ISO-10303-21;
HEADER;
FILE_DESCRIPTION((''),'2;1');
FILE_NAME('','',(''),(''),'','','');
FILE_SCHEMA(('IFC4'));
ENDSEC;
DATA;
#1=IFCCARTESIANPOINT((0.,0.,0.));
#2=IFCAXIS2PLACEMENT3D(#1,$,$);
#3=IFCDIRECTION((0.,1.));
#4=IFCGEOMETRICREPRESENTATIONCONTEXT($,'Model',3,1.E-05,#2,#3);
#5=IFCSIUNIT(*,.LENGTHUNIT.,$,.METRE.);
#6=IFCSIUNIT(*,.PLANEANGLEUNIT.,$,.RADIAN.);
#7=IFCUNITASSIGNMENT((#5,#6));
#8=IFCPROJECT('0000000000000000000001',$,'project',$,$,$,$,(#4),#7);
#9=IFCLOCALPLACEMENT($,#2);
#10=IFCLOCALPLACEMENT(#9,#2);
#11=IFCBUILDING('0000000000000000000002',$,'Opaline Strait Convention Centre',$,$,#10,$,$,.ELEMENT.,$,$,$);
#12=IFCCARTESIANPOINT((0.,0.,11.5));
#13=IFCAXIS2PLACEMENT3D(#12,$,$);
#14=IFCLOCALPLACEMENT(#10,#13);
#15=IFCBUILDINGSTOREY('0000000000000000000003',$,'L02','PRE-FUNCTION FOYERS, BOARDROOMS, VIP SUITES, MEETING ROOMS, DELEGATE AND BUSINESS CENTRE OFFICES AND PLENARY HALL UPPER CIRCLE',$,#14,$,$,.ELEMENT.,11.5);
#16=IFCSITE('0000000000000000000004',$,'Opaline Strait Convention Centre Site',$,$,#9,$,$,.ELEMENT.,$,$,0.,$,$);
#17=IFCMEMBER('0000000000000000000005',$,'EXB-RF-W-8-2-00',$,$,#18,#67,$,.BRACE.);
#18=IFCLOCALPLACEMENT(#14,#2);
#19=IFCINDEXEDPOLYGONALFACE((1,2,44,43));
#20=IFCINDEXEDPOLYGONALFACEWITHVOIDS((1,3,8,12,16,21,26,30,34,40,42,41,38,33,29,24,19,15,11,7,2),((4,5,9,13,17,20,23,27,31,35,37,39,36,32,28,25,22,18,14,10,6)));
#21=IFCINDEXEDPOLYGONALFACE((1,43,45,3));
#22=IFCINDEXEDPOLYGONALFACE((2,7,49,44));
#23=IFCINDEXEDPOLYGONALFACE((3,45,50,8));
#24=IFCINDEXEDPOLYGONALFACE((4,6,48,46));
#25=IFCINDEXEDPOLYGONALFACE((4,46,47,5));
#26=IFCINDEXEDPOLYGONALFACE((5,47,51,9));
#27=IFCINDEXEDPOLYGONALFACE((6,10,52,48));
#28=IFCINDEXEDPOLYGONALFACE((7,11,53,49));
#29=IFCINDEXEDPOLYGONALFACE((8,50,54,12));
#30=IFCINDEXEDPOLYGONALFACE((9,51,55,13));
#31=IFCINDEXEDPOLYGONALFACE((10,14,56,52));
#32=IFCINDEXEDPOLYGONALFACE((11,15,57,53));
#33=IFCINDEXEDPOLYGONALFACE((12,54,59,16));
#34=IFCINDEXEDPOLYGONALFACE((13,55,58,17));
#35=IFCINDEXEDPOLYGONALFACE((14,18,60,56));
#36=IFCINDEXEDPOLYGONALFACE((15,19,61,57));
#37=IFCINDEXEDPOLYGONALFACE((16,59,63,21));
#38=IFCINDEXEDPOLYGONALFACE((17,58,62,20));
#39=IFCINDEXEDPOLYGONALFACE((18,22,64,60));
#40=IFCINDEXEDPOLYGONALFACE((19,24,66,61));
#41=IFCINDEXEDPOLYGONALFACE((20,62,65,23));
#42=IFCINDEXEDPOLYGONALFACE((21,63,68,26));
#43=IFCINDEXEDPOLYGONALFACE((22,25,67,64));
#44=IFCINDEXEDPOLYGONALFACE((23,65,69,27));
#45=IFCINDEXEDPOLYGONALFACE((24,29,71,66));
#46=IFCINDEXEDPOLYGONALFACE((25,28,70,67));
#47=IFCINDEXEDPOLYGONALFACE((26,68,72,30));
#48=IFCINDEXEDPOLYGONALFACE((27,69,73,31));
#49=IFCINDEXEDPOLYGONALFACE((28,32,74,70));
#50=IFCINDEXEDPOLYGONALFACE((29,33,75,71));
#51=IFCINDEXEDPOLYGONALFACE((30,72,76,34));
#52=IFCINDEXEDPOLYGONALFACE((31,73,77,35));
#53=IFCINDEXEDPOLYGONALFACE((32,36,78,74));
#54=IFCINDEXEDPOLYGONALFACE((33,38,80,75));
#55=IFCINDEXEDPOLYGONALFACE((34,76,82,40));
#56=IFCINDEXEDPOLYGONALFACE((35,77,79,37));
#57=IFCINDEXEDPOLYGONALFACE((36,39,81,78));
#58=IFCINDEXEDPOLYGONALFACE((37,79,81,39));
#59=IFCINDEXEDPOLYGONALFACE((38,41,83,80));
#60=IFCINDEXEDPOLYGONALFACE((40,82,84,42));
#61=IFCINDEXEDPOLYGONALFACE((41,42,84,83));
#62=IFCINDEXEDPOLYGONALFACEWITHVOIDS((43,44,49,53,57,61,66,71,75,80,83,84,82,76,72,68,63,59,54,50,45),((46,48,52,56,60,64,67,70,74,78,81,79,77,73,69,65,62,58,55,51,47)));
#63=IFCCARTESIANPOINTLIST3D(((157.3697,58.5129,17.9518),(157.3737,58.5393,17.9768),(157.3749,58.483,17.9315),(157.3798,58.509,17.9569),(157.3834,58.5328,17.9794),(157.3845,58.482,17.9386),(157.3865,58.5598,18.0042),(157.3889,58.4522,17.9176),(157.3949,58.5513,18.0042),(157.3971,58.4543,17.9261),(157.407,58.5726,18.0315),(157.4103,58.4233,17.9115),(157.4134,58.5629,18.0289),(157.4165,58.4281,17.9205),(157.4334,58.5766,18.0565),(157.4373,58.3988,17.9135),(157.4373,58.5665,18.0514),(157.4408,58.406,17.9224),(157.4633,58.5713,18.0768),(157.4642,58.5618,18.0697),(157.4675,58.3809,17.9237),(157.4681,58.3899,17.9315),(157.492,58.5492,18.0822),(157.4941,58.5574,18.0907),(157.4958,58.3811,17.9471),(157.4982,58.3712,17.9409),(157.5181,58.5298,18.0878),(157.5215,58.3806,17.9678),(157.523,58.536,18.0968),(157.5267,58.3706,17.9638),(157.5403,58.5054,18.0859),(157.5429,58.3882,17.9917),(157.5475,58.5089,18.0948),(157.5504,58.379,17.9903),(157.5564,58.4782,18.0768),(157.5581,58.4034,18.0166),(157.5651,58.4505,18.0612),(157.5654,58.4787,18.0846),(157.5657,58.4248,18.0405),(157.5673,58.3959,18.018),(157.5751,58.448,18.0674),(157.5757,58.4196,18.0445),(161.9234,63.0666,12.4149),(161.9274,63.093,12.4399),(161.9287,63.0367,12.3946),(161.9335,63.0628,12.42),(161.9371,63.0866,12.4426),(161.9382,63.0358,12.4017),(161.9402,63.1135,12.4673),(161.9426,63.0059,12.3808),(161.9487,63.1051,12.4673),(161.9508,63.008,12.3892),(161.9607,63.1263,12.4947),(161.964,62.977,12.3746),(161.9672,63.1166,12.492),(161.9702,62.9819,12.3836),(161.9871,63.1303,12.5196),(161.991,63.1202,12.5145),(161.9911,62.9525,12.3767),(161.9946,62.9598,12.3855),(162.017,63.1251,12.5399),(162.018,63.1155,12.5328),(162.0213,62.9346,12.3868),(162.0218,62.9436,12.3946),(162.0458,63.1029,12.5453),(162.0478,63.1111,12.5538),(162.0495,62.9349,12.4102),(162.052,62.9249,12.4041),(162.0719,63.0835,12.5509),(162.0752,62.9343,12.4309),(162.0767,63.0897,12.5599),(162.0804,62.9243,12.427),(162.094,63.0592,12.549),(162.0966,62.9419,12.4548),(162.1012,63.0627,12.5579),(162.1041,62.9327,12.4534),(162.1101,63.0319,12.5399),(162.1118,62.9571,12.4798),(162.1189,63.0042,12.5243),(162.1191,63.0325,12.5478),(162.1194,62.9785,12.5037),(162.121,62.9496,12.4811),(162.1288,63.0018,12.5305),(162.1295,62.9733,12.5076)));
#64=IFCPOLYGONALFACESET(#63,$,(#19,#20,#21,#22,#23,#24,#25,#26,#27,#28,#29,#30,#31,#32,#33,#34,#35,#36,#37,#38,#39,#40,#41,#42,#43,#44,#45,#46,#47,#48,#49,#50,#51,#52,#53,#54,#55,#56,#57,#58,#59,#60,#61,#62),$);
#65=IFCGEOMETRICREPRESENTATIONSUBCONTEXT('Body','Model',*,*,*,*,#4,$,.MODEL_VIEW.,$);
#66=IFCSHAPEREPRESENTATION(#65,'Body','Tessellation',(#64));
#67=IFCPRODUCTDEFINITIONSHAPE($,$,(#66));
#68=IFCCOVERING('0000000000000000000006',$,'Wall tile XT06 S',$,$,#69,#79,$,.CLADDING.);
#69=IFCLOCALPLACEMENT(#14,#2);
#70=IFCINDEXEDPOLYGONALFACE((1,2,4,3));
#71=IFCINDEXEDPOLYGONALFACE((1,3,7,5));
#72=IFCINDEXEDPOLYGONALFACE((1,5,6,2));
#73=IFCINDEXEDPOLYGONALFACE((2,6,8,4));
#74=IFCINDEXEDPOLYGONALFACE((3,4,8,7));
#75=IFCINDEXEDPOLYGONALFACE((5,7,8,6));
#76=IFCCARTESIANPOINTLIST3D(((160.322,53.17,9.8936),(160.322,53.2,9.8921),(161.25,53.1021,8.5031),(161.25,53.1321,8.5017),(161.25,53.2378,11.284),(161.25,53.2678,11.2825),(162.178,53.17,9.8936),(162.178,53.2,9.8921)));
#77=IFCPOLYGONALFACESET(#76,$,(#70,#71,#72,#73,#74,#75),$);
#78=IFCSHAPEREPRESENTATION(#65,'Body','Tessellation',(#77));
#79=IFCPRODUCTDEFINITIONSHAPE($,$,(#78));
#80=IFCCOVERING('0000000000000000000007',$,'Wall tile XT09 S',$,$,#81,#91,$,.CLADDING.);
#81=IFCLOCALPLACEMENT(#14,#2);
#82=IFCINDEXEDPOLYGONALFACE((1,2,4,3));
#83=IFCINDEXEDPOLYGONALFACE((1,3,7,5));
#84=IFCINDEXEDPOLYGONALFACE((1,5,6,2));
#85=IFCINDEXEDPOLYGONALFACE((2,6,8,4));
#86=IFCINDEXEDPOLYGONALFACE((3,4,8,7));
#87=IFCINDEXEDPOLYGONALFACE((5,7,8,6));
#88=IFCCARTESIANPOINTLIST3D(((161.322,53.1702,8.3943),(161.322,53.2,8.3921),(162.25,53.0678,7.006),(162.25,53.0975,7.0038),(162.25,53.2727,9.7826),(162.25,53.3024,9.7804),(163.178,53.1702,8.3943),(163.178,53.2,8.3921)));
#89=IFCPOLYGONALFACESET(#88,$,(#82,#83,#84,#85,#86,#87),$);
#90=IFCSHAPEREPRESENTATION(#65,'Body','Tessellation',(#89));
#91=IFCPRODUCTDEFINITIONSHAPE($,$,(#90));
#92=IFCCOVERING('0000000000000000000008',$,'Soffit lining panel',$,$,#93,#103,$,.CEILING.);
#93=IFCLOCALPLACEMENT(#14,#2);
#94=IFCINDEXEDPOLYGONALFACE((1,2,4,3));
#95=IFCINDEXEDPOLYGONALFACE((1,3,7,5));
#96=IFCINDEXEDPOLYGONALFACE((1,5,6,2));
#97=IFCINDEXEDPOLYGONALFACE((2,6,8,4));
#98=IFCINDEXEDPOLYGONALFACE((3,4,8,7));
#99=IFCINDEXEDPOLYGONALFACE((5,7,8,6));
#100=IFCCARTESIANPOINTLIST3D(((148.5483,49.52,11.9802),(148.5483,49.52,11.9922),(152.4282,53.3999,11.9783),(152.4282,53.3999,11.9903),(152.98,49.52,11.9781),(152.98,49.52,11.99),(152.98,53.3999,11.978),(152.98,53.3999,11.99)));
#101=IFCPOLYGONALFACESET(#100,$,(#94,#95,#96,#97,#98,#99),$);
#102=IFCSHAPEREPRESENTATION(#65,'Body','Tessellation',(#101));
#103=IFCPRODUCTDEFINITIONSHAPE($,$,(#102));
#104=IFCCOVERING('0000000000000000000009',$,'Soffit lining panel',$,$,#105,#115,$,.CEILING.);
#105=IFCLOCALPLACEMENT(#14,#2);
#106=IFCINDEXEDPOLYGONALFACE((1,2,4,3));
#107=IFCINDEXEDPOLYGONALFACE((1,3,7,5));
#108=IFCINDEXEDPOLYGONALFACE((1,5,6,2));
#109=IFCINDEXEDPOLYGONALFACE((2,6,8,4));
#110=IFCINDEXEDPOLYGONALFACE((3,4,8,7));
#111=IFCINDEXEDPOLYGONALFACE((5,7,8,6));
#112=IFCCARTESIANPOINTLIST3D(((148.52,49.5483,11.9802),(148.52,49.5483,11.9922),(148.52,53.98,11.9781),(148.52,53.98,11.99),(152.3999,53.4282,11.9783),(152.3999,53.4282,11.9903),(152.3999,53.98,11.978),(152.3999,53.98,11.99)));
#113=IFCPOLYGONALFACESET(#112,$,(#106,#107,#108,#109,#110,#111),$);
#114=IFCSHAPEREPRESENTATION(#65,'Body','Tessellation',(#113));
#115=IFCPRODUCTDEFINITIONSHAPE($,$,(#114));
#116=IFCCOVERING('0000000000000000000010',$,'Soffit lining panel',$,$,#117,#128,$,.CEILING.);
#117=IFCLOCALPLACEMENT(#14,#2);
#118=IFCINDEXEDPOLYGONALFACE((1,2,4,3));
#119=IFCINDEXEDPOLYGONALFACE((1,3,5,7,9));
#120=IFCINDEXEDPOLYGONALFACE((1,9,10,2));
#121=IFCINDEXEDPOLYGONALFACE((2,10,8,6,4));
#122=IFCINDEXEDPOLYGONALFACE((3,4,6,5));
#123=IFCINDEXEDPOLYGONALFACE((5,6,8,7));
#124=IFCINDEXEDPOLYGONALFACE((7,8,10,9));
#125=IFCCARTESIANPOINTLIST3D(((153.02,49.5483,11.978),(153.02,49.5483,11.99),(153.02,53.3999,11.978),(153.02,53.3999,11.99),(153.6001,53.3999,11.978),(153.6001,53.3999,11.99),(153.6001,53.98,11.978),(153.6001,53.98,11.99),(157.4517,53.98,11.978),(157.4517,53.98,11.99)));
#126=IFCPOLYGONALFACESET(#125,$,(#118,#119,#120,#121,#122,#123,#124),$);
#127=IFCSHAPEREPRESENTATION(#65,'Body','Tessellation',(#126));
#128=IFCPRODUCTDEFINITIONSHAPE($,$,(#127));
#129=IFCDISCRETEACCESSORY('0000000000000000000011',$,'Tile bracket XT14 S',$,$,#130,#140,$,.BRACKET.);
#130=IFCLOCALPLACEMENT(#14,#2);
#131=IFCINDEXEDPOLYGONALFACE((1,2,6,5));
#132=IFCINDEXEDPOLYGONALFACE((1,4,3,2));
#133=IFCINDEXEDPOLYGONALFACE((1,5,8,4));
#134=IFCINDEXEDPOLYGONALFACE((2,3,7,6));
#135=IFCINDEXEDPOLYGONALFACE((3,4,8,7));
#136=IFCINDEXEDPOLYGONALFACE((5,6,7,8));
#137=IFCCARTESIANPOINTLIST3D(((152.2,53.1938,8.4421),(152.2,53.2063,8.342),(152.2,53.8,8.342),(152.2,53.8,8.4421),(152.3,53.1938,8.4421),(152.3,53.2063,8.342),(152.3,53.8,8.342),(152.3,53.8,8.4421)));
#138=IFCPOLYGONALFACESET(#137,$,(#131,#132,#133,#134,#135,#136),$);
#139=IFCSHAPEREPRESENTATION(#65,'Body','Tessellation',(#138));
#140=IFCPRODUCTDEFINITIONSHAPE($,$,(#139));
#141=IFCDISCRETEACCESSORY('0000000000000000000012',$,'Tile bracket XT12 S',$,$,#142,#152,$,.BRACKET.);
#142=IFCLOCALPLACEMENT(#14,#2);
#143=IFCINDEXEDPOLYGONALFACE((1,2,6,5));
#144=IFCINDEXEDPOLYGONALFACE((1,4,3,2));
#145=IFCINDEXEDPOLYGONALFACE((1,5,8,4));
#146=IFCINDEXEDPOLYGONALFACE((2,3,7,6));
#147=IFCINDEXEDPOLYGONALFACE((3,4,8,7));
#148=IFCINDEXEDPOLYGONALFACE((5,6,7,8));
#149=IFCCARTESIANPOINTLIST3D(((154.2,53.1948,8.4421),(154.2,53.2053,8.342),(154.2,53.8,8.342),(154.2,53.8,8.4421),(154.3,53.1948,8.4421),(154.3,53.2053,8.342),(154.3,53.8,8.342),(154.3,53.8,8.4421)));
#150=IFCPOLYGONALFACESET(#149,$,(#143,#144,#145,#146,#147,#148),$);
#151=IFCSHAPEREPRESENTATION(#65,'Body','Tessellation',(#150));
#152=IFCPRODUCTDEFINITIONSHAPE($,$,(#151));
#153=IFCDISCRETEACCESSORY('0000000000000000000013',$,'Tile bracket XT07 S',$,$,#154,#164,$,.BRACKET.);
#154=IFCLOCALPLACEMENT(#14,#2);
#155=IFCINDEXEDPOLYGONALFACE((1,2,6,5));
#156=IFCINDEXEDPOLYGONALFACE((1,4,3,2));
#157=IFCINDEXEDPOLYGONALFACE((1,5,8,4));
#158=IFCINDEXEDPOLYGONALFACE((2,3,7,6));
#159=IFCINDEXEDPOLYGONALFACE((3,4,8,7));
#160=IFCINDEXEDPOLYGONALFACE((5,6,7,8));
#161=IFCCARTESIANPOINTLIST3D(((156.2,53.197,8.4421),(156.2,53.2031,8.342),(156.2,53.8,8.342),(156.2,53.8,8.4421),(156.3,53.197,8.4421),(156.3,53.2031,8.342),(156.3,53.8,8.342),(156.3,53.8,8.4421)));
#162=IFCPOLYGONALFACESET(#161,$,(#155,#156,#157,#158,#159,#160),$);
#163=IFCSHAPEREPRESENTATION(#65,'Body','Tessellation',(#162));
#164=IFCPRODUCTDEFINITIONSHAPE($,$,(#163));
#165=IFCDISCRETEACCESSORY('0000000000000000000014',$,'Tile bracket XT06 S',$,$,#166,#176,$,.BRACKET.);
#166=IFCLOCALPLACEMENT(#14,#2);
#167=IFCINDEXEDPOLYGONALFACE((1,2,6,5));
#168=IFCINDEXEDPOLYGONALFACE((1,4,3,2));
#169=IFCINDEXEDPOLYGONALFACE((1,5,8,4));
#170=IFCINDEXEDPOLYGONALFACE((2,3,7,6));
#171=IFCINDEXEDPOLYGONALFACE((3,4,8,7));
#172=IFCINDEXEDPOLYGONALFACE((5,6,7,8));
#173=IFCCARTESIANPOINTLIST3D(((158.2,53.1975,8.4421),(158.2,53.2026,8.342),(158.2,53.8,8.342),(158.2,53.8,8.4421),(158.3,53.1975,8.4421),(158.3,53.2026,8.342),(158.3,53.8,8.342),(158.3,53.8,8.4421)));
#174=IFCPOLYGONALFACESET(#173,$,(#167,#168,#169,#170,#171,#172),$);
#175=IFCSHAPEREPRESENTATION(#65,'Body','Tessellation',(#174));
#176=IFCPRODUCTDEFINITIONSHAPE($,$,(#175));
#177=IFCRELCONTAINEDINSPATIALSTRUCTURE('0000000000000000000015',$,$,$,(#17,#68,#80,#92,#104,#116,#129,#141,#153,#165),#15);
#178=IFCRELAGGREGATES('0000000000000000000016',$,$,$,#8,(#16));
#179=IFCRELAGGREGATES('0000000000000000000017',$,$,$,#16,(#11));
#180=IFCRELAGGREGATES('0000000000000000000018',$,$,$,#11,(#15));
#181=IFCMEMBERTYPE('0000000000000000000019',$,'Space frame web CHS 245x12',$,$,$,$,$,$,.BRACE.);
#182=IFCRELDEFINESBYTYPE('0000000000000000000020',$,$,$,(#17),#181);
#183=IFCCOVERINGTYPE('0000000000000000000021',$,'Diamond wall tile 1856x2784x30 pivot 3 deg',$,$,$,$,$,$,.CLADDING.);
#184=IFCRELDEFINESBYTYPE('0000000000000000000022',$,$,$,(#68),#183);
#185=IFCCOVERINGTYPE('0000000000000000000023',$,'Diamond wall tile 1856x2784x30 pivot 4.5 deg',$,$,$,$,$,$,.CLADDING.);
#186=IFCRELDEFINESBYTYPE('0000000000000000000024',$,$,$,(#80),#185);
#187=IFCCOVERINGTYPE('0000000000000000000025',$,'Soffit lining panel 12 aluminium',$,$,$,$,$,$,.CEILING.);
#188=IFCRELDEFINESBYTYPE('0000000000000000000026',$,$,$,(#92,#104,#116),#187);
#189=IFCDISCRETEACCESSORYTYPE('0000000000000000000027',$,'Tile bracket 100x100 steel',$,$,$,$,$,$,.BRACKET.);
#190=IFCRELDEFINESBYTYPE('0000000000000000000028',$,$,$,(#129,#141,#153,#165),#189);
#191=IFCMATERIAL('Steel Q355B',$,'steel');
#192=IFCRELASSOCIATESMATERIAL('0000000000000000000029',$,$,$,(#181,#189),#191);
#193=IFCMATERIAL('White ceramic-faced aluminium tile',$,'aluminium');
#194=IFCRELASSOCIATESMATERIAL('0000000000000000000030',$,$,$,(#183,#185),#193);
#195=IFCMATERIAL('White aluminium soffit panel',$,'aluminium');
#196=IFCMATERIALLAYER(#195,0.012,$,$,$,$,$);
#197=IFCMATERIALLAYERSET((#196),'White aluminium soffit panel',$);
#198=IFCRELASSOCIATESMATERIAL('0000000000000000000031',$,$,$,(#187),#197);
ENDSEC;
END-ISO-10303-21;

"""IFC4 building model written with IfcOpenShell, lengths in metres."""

from ifc_helpers import new_model, si_unit, direction, frame, origin, origin_2d, place, context, subcontext, project, spatial, polyline, hollow_circle, outline, extrude, material, layer, layer_set, material_profile, profile_set, type_object, element, save


model = new_model("IFC4")

# Units and contexts
model_context = context("Model", 3, precision=1e-05, world=origin(), true_north=direction((0.0, 1.0)))
body_context = subcontext(model_context, "Body", "Model", "MODEL_VIEW")
ifc_project = project(units=[si_unit("LENGTHUNIT", "METRE"), si_unit("PLANEANGLEUNIT", "RADIAN")], contexts=[model_context])

# Site, building, storey
site_placement = place(None, origin())
site = spatial("IfcSite", under=ifc_project, at=site_placement, Name="Opaline Strait Convention Centre Site", CompositionType="ELEMENT", RefElevation=0.0)
building_placement = place(site_placement, origin())
building = spatial("IfcBuilding", under=site, at=building_placement, Name="Opaline Strait Convention Centre", CompositionType="ELEMENT")
storey_placement = place(building_placement, frame((0.0, 0.0, 11.5)))
storey = spatial("IfcBuildingStorey", under=building, at=storey_placement, Name="L02", Description="PRE-FUNCTION FOYERS, BOARDROOMS, VIP SUITES, MEETING ROOMS, DELEGATE AND BUSINESS CENTRE OFFICES AND PLENARY HALL UPPER CIRCLE", CompositionType="ELEMENT", Elevation=11.5)

# Member
ifc_material_1 = material(Name="Steel Q355B", Category="steel")
ifc_material_profile_1 = material_profile(ifc_material_1, hollow_circle(Radius=0.1226, WallThickness=0.012, at=origin_2d()), Name="CHS 245x12")
ifc_profile_set_1 = profile_set([ifc_material_profile_1], Name="Steel Q355B")
member_type_1 = type_object("IfcMemberType", Name="Space frame web CHS 245x12", PredefinedType="BRACE", material=ifc_profile_set_1)
for number, where, z_axis, x_axis, name in (
    (1, (157.4731, 58.4731, 18.0042), (0.536178, 0.536178, -0.65194), (-0.707107, 0.707107, 0.0), "EXB-RF-W-8-2-00"),
):
    element("IfcMember", number, at=place(storey_placement, frame(where, z_axis=z_axis, x_axis=x_axis)), inside=storey, type_object=member_type_1, Name=name, PredefinedType="BRACE", context=body_context, shape_type="SweptSolid", body=[
        extrude(hollow_circle(Radius=0.1226, WallThickness=0.012, at=origin_2d()), origin(), (0.0, 0.0, 1.0), 8.4929),
    ])

# Coverings
ifc_material_2 = material(Name="White ceramic-faced aluminium tile", Category="aluminium")
ifc_material_profile_2 = material_profile(ifc_material_2, outline(polyline([(0.928, 0.0), (0.0, 1.3921), (-0.928, 0.0), (0.0, -1.3921), (0.928, 0.0)])), Name="Diamond tile 1856x2784")
ifc_profile_set_2 = profile_set([ifc_material_profile_2], Name="White ceramic-faced aluminium tile")
covering_type_1 = type_object("IfcCoveringType", Name="Diamond wall tile 1856x2784x30 pivot 3 deg", PredefinedType="CLADDING", material=ifc_profile_set_2)
covering_1_placement = place(storey_placement, frame((161.25, 53.2, 9.8921), z_axis=(0.0, -0.998812, 0.048723), x_axis=(1.0, 0.0, 0.0)))
element("IfcCovering", 2, at=covering_1_placement, inside=storey, type_object=covering_type_1, Name="Wall tile XT06 S", PredefinedType="CLADDING", context=body_context, shape_type="SweptSolid", body=[
    extrude(outline(polyline([(0.928, 0.0), (0.0, 1.3921), (-0.928, 0.0), (0.0, -1.3921), (0.928, 0.0)])), origin(), (0.0, 0.0, 1.0), 0.03),
])
ifc_material_profile_3 = material_profile(ifc_material_2, outline(polyline([(0.928, 0.0), (0.0, 1.3921), (-0.928, 0.0), (0.0, -1.3921), (0.928, 0.0)])), Name="Diamond tile 1856x2784")
ifc_profile_set_3 = profile_set([ifc_material_profile_3], Name="White ceramic-faced aluminium tile")
covering_type_2 = type_object("IfcCoveringType", Name="Diamond wall tile 1856x2784x30 pivot 4.5 deg", PredefinedType="CLADDING", material=ifc_profile_set_3)
covering_2_placement = place(storey_placement, frame((162.25, 53.2, 8.3921), z_axis=(0.0, -0.99729, 0.073571), x_axis=(1.0, 0.0, 0.0)))
element("IfcCovering", 3, at=covering_2_placement, inside=storey, type_object=covering_type_2, Name="Wall tile XT09 S", PredefinedType="CLADDING", context=body_context, shape_type="SweptSolid", body=[
    extrude(outline(polyline([(0.928, 0.0), (0.0, 1.3921), (-0.928, 0.0), (0.0, -1.3921), (0.928, 0.0)])), origin(), (0.0, 0.0, 1.0), 0.0298),
])
ifc_material_3 = material(Name="White aluminium soffit panel", Category="aluminium")
ifc_layer = layer(ifc_material_3, 0.012)
ifc_layer_set = layer_set([ifc_layer], Name="White aluminium soffit panel")
covering_type_3 = type_object("IfcCoveringType", Name="Soffit lining panel 12 aluminium", PredefinedType="CEILING", material=ifc_layer_set)
covering_3_placement = place(storey_placement, frame((152.98, 53.3999, 11.99), z_axis=(0.00049, 0.000007, 1.0), x_axis=(0.0, -1.0, 0.000007)))
element("IfcCovering", 4, at=covering_3_placement, inside=storey, type_object=covering_type_3, Name="Soffit lining panel", PredefinedType="CEILING", context=body_context, shape_type="SweptSolid", body=[
    extrude(outline(polyline([(0.0, 0.0), (3.8799, 0.0), (3.8799, -4.4316), (0.0, -0.5518), (0.0, 0.0)])), origin(), (0.0, 0.0, -1.0), 0.012),
])
covering_4_placement = place(storey_placement, frame((152.3999, 53.98, 11.99), z_axis=(0.000007, 0.00049, 1.0), x_axis=(0.0, -1.0, 0.00049)))
element("IfcCovering", 5, at=covering_4_placement, inside=storey, type_object=covering_type_3, Name="Soffit lining panel", PredefinedType="CEILING", context=body_context, shape_type="SweptSolid", body=[
    extrude(outline(polyline([(0.0, 0.0), (0.5518, 0.0), (4.4316, -3.8799), (0.0, -3.8799), (0.0, 0.0)])), origin(), (0.0, 0.0, -1.0), 0.012),
])
covering_5_placement = place(storey_placement, frame((153.6001, 53.98, 11.99), z_axis=(0.0, 0.0, 1.0), x_axis=(1.0, 0.0, 0.0)))
element("IfcCovering", 6, at=covering_5_placement, inside=storey, type_object=covering_type_3, Name="Soffit lining panel", PredefinedType="CEILING", context=body_context, shape_type="SweptSolid", body=[
    extrude(outline(polyline([(0.0, 0.0), (3.8516, 0.0), (-0.5801, -4.4316), (-0.5801, -0.5801), (0.0, -0.5801), (0.0, 0.0)])), origin(), (0.0, 0.0, -1.0), 0.012),
])

# Discrete accessories
discrete_accessory_type = type_object("IfcDiscreteAccessoryType", Name="Tile bracket 100x100 steel", PredefinedType="BRACKET", material=ifc_material_1)
discrete_accessory_1_placement = place(storey_placement, frame((152.2, 53.8, 8.3921), z_axis=(1.0, 0.0, 0.0), x_axis=(0.0, 1.0, 0.0)))
element("IfcDiscreteAccessory", 7, at=discrete_accessory_1_placement, inside=storey, type_object=discrete_accessory_type, Name="Tile bracket XT14 S", PredefinedType="BRACKET", context=body_context, shape_type="SweptSolid", body=[
    extrude(outline(polyline([(0.0, -0.05), (0.0, 0.05), (-0.6062, 0.05), (-0.5938, -0.05), (0.0, -0.05)])), origin(), (0.0, 0.0, 1.0), 0.1001),
])
discrete_accessory_2_placement = place(storey_placement, frame((154.2, 53.8, 8.3921), z_axis=(1.0, 0.0, 0.0), x_axis=(0.0, 1.0, 0.0)))
element("IfcDiscreteAccessory", 8, at=discrete_accessory_2_placement, inside=storey, type_object=discrete_accessory_type, Name="Tile bracket XT12 S", PredefinedType="BRACKET", context=body_context, shape_type="SweptSolid", body=[
    extrude(outline(polyline([(0.0, -0.05), (0.0, 0.05), (-0.6052, 0.05), (-0.5947, -0.05), (0.0, -0.05)])), origin(), (0.0, 0.0, 1.0), 0.1001),
])
discrete_accessory_3_placement = place(storey_placement, frame((156.2, 53.8, 8.3921), z_axis=(1.0, 0.0, 0.0), x_axis=(0.0, 1.0, 0.0)))
element("IfcDiscreteAccessory", 9, at=discrete_accessory_3_placement, inside=storey, type_object=discrete_accessory_type, Name="Tile bracket XT07 S", PredefinedType="BRACKET", context=body_context, shape_type="SweptSolid", body=[
    extrude(outline(polyline([(0.0, -0.05), (0.0, 0.05), (-0.603, 0.05), (-0.5969, -0.05), (0.0, -0.05)])), origin(), (0.0, 0.0, 1.0), 0.1001),
])
discrete_accessory_4_placement = place(storey_placement, frame((158.2, 53.8, 8.3921), z_axis=(1.0, 0.0, 0.0), x_axis=(0.0, 1.0, 0.0)))
element("IfcDiscreteAccessory", 10, at=discrete_accessory_4_placement, inside=storey, type_object=discrete_accessory_type, Name="Tile bracket XT06 S", PredefinedType="BRACKET", context=body_context, shape_type="SweptSolid", body=[
    extrude(outline(polyline([(0.0, -0.05), (0.0, 0.05), (-0.6025, 0.05), (-0.5974, -0.05), (0.0, -0.05)])), origin(), (0.0, 0.0, 1.0), 0.1001),
])

save(model, "model.ifc")
